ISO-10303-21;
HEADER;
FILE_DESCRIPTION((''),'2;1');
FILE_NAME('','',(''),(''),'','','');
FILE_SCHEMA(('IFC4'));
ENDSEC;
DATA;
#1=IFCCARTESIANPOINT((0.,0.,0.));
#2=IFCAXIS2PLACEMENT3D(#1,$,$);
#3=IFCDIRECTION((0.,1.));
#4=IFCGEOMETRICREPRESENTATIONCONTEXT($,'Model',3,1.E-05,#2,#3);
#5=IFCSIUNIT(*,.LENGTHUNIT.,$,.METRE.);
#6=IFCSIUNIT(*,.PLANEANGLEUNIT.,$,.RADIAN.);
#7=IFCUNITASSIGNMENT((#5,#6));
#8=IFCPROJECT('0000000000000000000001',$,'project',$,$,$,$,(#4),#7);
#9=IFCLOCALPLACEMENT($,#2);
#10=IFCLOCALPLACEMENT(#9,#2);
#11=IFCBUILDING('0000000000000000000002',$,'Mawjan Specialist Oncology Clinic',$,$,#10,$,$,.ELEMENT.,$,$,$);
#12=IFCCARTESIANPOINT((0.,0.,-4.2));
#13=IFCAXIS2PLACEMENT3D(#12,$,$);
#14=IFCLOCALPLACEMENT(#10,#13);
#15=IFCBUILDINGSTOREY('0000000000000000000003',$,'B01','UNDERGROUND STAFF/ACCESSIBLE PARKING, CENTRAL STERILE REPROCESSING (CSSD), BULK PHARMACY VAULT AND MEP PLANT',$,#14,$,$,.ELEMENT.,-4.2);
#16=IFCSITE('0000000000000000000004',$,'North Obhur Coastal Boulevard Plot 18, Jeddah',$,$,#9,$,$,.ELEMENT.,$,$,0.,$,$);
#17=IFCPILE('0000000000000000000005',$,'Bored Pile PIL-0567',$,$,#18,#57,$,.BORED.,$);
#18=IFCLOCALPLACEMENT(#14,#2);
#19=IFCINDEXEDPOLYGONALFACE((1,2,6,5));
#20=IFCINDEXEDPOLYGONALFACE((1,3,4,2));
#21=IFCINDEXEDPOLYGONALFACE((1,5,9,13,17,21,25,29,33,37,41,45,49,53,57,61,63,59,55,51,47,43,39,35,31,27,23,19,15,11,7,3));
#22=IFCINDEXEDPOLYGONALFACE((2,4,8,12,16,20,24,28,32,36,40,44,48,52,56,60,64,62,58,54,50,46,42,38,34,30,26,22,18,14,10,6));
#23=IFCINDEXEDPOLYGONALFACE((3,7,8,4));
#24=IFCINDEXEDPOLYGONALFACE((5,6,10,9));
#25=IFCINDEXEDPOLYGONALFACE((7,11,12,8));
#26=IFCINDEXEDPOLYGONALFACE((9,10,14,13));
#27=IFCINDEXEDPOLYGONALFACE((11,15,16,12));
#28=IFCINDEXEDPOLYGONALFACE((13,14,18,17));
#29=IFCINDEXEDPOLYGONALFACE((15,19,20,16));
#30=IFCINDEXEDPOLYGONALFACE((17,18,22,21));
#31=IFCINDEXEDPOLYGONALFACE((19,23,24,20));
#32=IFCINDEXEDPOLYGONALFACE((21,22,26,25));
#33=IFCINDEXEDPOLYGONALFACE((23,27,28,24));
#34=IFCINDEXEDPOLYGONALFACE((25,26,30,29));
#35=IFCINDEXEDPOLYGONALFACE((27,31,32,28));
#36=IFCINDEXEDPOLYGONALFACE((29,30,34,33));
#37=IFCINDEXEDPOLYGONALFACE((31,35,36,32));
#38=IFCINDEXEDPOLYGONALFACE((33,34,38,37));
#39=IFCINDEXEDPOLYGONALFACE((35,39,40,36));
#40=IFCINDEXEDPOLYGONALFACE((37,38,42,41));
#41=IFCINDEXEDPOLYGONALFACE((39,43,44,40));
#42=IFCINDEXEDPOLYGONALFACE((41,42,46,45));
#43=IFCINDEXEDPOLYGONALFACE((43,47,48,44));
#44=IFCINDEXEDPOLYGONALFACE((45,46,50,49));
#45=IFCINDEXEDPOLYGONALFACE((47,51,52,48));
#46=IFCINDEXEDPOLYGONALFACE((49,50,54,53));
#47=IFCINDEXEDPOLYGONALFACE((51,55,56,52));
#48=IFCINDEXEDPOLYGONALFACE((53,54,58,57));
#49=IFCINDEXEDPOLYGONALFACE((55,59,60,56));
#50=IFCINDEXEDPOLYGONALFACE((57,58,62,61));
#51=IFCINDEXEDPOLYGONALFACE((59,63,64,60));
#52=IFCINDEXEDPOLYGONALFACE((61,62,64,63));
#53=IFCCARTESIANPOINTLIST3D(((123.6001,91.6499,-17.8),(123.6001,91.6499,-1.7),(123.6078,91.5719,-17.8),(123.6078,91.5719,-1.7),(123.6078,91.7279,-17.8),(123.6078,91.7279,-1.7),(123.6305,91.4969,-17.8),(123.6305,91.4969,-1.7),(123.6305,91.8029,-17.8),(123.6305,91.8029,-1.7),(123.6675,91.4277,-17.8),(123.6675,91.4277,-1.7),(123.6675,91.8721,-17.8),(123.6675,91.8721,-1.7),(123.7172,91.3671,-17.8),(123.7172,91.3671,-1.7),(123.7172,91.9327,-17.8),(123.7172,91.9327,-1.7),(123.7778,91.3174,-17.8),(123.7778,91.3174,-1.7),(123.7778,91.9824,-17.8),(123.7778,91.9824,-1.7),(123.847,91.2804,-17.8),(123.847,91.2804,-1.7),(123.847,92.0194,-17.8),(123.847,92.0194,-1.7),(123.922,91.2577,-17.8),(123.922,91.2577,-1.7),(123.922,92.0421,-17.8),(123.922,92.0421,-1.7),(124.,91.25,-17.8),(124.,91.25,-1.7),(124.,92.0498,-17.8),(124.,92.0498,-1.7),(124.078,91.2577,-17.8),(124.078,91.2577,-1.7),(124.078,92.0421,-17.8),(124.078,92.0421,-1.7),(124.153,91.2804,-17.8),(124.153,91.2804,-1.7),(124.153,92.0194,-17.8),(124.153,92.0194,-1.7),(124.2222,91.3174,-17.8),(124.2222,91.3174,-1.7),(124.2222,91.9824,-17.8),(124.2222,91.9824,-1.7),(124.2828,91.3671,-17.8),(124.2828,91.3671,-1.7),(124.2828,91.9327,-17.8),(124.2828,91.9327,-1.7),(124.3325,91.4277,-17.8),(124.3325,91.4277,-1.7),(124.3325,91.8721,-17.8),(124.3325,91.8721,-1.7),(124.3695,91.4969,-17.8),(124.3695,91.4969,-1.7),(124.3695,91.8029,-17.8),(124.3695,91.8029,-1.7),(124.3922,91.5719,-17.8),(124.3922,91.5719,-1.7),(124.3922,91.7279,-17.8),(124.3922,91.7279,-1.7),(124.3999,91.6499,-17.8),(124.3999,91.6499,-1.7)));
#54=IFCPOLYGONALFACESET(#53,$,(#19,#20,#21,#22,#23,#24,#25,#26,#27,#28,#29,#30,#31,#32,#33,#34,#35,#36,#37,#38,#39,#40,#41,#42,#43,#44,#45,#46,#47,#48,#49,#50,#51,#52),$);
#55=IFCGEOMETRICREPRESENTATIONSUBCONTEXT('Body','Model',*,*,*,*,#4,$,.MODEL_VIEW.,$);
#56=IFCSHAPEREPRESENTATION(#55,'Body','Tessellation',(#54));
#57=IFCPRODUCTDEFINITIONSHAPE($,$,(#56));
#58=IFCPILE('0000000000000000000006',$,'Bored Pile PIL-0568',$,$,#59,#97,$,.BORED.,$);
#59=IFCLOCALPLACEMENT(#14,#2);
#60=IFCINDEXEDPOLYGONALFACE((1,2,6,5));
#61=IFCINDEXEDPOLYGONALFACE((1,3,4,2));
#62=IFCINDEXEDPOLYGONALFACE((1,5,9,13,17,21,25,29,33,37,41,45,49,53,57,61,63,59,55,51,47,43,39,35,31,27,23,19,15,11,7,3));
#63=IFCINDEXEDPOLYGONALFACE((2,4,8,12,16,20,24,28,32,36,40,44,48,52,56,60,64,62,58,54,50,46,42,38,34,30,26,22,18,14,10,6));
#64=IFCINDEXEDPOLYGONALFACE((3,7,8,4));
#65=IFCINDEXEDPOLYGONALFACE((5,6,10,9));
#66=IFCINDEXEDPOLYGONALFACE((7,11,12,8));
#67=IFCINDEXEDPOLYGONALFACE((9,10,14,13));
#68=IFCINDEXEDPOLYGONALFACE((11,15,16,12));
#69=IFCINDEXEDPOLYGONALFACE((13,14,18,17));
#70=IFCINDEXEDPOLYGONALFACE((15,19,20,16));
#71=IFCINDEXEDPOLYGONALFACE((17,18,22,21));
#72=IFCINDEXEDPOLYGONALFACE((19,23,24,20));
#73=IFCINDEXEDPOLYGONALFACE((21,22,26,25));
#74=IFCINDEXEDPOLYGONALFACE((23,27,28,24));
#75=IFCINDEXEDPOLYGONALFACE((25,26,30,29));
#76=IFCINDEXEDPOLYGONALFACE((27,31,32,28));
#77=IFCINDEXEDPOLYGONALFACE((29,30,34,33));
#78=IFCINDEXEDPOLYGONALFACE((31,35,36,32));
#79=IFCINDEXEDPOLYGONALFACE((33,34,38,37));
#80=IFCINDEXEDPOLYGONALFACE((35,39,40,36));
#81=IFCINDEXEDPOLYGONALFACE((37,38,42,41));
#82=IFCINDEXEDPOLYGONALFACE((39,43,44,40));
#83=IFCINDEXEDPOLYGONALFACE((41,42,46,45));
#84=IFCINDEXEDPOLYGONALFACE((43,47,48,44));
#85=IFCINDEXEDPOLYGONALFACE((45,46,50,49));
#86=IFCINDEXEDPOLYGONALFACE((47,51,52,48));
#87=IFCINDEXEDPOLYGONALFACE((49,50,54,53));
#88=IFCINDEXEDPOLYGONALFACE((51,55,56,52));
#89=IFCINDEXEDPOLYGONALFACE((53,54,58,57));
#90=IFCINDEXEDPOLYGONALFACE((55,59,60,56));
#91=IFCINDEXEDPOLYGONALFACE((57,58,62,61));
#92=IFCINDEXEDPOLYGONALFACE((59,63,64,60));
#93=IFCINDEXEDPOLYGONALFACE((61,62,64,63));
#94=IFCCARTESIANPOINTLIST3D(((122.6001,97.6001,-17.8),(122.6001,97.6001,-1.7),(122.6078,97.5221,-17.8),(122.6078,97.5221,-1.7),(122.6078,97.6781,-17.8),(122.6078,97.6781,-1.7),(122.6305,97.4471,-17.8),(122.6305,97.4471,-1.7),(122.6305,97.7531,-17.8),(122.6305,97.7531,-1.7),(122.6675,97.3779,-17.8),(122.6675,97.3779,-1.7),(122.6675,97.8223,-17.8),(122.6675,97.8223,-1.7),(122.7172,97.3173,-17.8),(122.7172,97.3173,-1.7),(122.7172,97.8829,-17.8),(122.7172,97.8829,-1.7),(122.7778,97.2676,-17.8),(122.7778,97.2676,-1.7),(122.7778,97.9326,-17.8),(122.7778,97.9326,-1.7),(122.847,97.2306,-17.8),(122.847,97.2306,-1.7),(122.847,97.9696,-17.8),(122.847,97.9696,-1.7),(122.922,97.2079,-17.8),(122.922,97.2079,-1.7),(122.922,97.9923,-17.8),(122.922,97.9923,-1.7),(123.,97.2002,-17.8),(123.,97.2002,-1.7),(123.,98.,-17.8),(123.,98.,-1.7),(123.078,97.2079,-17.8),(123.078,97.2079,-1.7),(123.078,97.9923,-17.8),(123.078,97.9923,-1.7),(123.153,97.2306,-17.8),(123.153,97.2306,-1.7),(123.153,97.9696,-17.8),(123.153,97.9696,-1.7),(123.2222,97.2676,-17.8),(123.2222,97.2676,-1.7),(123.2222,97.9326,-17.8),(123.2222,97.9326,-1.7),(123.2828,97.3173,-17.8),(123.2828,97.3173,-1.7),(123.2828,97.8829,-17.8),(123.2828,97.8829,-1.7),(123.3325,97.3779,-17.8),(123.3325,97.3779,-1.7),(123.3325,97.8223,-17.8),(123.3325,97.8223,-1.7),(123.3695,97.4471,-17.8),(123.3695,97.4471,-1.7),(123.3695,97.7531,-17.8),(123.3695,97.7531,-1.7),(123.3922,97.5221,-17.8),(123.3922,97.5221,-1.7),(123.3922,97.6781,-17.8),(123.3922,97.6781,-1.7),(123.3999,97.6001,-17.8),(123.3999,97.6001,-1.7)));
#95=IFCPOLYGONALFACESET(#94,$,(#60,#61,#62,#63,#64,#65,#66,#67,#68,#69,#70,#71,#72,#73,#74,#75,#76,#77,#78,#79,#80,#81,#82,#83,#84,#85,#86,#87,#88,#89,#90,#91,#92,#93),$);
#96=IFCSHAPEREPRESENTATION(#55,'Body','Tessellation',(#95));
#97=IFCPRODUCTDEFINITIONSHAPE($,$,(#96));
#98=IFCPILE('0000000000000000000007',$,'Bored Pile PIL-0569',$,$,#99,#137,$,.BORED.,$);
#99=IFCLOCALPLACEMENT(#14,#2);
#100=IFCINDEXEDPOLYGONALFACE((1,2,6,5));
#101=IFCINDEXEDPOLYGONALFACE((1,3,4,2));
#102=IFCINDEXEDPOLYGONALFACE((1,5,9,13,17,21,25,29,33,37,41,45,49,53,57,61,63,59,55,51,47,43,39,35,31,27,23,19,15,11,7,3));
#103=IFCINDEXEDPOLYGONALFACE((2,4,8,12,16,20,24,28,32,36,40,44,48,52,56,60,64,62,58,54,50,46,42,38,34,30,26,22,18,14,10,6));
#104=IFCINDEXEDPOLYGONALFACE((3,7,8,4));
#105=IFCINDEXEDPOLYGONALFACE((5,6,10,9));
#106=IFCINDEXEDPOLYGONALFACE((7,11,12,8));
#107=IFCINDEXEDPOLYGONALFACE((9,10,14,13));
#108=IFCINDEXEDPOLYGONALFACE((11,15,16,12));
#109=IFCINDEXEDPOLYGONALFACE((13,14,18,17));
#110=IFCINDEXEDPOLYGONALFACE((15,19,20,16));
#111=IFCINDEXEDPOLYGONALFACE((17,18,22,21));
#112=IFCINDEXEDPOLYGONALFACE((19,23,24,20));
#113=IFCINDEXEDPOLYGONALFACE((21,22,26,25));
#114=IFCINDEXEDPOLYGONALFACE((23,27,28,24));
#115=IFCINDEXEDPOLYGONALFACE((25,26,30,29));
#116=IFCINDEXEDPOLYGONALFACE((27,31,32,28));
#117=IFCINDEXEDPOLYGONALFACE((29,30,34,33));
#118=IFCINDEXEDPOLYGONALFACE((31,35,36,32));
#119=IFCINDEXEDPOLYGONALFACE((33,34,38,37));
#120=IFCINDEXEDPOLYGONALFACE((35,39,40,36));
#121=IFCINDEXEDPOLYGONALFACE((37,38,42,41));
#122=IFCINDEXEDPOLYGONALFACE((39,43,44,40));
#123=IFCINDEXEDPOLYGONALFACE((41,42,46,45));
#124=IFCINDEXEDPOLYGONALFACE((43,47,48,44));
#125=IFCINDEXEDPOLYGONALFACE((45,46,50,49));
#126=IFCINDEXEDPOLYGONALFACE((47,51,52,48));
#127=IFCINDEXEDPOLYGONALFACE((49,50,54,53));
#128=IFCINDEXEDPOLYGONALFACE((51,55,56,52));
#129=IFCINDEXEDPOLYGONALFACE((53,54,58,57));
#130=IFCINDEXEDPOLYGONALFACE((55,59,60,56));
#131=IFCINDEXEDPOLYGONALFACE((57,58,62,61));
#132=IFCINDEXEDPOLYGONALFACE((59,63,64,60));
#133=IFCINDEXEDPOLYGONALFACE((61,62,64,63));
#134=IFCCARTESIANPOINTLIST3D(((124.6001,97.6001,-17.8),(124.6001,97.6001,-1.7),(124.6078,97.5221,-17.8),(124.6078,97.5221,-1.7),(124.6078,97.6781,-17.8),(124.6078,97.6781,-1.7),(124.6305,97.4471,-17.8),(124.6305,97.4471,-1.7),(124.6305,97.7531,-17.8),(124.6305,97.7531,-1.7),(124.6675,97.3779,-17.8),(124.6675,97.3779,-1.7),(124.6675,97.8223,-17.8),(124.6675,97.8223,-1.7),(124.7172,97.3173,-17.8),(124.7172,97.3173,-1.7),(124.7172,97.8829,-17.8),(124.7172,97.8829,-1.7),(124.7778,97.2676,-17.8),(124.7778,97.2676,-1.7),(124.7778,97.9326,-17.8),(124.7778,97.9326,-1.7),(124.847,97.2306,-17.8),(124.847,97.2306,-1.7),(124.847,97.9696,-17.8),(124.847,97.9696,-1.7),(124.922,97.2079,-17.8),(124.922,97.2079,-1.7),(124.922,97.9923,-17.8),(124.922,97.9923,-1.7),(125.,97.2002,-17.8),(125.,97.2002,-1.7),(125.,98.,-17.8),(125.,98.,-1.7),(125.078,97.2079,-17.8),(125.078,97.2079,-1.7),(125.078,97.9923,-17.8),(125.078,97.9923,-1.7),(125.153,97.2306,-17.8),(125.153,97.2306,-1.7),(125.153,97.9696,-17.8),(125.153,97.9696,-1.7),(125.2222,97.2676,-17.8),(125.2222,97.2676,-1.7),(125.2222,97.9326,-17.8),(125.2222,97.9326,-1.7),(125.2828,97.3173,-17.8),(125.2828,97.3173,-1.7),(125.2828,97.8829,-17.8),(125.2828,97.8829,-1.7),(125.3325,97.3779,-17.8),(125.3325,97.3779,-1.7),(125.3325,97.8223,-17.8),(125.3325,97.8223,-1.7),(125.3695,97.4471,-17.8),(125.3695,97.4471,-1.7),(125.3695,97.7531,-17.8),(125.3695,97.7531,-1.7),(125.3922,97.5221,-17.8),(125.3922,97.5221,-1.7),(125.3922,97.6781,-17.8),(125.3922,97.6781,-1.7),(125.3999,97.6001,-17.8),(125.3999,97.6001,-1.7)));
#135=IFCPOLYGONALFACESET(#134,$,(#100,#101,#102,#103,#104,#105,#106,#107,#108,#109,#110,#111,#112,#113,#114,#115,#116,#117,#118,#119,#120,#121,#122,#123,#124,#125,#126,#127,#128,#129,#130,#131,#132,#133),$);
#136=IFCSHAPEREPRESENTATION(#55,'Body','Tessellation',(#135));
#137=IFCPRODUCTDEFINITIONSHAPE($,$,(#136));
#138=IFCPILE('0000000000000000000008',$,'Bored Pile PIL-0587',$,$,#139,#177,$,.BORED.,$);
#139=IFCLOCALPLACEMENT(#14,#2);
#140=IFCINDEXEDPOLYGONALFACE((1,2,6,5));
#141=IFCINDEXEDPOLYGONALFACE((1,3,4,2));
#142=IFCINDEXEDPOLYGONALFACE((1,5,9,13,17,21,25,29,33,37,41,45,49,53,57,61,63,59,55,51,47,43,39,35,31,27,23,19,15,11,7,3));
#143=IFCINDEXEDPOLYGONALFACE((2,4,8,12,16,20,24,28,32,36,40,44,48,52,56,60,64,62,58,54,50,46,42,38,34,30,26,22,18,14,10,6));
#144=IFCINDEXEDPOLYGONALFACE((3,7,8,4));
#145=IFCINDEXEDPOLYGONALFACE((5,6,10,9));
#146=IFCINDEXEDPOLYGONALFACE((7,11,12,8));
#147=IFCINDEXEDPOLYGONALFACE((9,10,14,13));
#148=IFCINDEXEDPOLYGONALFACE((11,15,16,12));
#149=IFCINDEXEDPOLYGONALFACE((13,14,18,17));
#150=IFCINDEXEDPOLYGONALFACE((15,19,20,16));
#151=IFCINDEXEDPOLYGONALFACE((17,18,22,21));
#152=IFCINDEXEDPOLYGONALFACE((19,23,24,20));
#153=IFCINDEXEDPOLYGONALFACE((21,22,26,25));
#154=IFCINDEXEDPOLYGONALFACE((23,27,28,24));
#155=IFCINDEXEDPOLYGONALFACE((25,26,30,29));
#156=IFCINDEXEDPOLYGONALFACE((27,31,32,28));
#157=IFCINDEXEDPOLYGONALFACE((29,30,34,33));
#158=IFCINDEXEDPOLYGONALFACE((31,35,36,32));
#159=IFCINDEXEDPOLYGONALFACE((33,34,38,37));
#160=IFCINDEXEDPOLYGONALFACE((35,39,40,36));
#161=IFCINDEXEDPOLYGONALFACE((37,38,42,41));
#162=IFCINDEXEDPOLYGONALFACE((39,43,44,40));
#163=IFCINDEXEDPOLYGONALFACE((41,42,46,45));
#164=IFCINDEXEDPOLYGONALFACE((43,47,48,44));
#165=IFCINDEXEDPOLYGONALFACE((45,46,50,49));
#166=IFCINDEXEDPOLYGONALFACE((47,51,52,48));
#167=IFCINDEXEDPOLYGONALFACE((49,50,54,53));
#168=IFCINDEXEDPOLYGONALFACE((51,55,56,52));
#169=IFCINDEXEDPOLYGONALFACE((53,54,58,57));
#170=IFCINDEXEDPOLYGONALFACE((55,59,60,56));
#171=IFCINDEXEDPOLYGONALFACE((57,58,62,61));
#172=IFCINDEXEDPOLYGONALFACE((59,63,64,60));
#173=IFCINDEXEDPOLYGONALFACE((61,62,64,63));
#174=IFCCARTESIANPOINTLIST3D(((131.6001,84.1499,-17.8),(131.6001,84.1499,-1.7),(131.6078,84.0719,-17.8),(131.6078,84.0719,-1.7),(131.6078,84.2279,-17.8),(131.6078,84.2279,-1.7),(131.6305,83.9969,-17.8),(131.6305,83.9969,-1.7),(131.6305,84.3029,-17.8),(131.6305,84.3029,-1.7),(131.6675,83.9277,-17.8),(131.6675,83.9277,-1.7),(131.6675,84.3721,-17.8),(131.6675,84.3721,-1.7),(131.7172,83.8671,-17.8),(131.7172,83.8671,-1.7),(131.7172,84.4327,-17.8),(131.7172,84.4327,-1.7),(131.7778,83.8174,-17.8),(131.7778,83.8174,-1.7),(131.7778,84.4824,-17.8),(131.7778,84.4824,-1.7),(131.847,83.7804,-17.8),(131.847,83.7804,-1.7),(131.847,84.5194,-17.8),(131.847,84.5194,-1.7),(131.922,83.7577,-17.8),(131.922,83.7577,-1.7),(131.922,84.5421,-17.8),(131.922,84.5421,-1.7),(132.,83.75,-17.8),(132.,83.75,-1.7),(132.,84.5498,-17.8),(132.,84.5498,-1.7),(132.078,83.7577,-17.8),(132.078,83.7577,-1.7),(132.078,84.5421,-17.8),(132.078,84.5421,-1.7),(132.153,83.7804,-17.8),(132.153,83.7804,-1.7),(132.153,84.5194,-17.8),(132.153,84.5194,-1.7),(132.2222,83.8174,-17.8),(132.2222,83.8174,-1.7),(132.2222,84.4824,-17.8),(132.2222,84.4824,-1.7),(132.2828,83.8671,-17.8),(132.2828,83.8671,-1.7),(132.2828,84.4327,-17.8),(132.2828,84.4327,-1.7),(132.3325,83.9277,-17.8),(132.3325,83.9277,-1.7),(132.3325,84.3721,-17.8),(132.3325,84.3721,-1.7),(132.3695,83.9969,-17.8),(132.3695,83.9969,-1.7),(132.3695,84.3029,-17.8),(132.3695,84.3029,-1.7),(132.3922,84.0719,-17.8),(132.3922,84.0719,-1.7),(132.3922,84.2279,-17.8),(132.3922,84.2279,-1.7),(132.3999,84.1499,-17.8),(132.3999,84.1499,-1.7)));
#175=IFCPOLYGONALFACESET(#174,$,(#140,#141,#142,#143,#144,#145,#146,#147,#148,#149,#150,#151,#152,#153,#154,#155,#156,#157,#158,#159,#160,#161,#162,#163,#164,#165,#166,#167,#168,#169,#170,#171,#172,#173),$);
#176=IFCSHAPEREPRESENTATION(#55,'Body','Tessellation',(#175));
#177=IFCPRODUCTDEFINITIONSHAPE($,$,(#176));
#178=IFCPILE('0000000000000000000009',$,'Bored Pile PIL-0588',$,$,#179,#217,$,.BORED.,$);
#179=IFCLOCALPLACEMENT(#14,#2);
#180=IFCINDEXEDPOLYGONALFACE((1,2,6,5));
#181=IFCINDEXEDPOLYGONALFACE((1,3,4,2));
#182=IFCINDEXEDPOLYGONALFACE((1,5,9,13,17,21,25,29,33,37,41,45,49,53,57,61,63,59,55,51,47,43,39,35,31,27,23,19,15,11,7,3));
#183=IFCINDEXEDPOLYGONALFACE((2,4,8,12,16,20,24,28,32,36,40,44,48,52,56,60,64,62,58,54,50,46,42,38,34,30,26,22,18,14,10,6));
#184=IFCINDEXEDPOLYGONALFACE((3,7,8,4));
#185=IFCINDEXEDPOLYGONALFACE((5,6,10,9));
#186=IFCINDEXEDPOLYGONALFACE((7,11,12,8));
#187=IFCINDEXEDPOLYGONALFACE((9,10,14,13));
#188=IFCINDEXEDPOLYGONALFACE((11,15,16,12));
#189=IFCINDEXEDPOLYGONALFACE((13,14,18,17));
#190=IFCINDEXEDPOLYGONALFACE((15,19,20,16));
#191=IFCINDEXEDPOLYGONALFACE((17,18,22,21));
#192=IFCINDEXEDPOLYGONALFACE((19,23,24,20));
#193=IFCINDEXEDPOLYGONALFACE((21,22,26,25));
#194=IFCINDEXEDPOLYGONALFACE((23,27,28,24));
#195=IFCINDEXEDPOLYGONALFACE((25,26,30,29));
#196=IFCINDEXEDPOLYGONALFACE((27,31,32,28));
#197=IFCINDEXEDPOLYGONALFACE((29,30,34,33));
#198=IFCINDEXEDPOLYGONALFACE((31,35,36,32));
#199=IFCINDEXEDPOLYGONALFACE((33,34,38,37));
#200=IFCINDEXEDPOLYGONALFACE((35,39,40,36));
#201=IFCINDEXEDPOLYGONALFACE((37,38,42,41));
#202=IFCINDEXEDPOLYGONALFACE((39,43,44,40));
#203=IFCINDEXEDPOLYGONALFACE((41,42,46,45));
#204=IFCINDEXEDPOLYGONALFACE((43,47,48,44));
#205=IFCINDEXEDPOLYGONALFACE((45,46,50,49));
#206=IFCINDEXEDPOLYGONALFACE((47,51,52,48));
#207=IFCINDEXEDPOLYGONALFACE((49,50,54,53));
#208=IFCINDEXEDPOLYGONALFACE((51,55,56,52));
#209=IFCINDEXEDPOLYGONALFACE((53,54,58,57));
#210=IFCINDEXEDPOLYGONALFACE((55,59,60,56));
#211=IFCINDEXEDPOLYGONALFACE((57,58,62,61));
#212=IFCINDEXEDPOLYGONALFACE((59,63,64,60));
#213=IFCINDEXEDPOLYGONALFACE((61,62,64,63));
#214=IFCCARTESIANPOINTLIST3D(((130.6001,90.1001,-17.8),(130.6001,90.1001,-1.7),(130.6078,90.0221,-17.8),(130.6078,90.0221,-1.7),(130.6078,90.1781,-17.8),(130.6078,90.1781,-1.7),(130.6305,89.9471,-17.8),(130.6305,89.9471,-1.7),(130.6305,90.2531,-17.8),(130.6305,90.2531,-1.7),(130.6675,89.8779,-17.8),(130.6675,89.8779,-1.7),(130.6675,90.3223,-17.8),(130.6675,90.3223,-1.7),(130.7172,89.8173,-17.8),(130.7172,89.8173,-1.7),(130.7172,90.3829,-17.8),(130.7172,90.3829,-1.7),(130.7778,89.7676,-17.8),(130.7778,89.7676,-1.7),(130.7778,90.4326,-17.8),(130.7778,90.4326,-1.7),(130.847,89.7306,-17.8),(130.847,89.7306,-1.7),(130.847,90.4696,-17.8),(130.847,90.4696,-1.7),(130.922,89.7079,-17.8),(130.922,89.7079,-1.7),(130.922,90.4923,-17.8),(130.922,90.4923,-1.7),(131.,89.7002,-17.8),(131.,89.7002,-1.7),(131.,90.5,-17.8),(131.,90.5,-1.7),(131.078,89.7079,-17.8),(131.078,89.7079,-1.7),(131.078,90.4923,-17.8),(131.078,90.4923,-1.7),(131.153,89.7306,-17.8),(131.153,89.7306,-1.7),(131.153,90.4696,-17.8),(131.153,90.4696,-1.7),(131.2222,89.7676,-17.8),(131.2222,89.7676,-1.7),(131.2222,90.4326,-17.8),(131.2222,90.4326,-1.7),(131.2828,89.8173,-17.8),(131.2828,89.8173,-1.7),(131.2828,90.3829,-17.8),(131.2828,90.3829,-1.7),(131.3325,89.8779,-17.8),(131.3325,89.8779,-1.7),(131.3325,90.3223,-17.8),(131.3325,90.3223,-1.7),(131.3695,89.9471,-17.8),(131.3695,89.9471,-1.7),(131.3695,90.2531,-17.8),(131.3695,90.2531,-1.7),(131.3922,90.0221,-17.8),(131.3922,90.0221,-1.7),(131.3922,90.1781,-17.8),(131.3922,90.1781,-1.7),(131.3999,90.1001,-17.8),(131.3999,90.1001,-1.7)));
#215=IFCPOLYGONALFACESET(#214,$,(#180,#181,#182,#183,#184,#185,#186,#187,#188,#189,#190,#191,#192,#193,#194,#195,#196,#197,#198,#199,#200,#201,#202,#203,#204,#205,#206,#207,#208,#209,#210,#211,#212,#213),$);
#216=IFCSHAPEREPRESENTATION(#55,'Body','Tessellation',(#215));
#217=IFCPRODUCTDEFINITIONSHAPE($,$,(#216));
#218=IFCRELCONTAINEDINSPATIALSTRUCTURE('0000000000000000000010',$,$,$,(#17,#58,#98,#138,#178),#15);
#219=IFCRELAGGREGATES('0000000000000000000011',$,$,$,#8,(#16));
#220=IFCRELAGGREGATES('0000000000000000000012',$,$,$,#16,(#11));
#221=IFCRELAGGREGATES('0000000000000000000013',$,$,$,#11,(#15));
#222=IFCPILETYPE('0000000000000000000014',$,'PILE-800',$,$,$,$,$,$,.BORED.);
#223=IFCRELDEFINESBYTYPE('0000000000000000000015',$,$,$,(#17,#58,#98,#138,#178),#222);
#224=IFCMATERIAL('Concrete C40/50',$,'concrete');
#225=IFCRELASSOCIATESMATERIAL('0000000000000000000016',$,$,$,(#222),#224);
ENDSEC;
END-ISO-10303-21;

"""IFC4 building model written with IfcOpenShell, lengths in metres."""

from ifc_helpers import new_model, si_unit, direction, frame, origin, origin_2d, place, context, subcontext, project, spatial, circle, extrude, material, material_profile, profile_set, type_object, element, save


model = new_model("IFC4")

# Units and contexts
model_context = context("Model", 3, precision=1e-05, world=origin(), true_north=direction((0.0, 1.0)))
body_context = subcontext(model_context, "Body", "Model", "MODEL_VIEW")
ifc_project = project(units=[si_unit("LENGTHUNIT", "METRE"), si_unit("PLANEANGLEUNIT", "RADIAN")], contexts=[model_context])

# Site, building, storey
site_placement = place(None, origin())
site = spatial("IfcSite", under=ifc_project, at=site_placement, Name="North Obhur Coastal Boulevard Plot 18, Jeddah", CompositionType="ELEMENT", RefElevation=0.0)
building_placement = place(site_placement, origin())
building = spatial("IfcBuilding", under=site, at=building_placement, Name="Mawjan Specialist Oncology Clinic", CompositionType="ELEMENT")
storey_placement = place(building_placement, frame((0.0, 0.0, -4.2)))
storey = spatial("IfcBuildingStorey", under=building, at=storey_placement, Name="B01", Description="UNDERGROUND STAFF/ACCESSIBLE PARKING, CENTRAL STERILE REPROCESSING (CSSD), BULK PHARMACY VAULT AND MEP PLANT", CompositionType="ELEMENT", Elevation=-4.2)

# Piles
ifc_material_1 = material(Name="Concrete C40/50", Category="concrete")
ifc_material_profile_1 = material_profile(ifc_material_1, circle(Radius=0.3999, at=origin_2d()), Name="BORED PILE D800", Category="concrete")
ifc_profile_set_1 = profile_set([ifc_material_profile_1], Name="Concrete C40/50")
pile_type = type_object("IfcPileType", Name="PILE-800", PredefinedType="BORED", material=ifc_profile_set_1)
for number, where, z_axis, x_axis, name in (
    (1, (124.0, 91.6499, -1.7), (0.0, 0.0, -1.0), (1.0, 0.0, 0.0), "Bored Pile PIL-0567"),
    (2, (123.0, 97.6001, -1.7), (0.0, 0.0, -1.0), (1.0, 0.0, 0.0), "Bored Pile PIL-0568"),
    (3, (125.0, 97.6001, -1.7), (0.0, 0.0, -1.0), (1.0, 0.0, 0.0), "Bored Pile PIL-0569"),
    (4, (132.0, 84.1499, -1.7), (0.0, 0.0, -1.0), (1.0, 0.0, 0.0), "Bored Pile PIL-0587"),
    (5, (131.0, 90.1001, -1.7), (0.0, 0.0, -1.0), (1.0, 0.0, 0.0), "Bored Pile PIL-0588"),
):
    element("IfcPile", number, at=place(storey_placement, frame(where, z_axis=z_axis, x_axis=x_axis)), inside=storey, type_object=pile_type, Name=name, PredefinedType="BORED", context=body_context, shape_type="SweptSolid", body=[
        extrude(circle(Radius=0.3999, at=origin_2d()), origin(), (0.0, 0.0, 1.0), 16.1001),
    ])

save(model, "model.ifc")
